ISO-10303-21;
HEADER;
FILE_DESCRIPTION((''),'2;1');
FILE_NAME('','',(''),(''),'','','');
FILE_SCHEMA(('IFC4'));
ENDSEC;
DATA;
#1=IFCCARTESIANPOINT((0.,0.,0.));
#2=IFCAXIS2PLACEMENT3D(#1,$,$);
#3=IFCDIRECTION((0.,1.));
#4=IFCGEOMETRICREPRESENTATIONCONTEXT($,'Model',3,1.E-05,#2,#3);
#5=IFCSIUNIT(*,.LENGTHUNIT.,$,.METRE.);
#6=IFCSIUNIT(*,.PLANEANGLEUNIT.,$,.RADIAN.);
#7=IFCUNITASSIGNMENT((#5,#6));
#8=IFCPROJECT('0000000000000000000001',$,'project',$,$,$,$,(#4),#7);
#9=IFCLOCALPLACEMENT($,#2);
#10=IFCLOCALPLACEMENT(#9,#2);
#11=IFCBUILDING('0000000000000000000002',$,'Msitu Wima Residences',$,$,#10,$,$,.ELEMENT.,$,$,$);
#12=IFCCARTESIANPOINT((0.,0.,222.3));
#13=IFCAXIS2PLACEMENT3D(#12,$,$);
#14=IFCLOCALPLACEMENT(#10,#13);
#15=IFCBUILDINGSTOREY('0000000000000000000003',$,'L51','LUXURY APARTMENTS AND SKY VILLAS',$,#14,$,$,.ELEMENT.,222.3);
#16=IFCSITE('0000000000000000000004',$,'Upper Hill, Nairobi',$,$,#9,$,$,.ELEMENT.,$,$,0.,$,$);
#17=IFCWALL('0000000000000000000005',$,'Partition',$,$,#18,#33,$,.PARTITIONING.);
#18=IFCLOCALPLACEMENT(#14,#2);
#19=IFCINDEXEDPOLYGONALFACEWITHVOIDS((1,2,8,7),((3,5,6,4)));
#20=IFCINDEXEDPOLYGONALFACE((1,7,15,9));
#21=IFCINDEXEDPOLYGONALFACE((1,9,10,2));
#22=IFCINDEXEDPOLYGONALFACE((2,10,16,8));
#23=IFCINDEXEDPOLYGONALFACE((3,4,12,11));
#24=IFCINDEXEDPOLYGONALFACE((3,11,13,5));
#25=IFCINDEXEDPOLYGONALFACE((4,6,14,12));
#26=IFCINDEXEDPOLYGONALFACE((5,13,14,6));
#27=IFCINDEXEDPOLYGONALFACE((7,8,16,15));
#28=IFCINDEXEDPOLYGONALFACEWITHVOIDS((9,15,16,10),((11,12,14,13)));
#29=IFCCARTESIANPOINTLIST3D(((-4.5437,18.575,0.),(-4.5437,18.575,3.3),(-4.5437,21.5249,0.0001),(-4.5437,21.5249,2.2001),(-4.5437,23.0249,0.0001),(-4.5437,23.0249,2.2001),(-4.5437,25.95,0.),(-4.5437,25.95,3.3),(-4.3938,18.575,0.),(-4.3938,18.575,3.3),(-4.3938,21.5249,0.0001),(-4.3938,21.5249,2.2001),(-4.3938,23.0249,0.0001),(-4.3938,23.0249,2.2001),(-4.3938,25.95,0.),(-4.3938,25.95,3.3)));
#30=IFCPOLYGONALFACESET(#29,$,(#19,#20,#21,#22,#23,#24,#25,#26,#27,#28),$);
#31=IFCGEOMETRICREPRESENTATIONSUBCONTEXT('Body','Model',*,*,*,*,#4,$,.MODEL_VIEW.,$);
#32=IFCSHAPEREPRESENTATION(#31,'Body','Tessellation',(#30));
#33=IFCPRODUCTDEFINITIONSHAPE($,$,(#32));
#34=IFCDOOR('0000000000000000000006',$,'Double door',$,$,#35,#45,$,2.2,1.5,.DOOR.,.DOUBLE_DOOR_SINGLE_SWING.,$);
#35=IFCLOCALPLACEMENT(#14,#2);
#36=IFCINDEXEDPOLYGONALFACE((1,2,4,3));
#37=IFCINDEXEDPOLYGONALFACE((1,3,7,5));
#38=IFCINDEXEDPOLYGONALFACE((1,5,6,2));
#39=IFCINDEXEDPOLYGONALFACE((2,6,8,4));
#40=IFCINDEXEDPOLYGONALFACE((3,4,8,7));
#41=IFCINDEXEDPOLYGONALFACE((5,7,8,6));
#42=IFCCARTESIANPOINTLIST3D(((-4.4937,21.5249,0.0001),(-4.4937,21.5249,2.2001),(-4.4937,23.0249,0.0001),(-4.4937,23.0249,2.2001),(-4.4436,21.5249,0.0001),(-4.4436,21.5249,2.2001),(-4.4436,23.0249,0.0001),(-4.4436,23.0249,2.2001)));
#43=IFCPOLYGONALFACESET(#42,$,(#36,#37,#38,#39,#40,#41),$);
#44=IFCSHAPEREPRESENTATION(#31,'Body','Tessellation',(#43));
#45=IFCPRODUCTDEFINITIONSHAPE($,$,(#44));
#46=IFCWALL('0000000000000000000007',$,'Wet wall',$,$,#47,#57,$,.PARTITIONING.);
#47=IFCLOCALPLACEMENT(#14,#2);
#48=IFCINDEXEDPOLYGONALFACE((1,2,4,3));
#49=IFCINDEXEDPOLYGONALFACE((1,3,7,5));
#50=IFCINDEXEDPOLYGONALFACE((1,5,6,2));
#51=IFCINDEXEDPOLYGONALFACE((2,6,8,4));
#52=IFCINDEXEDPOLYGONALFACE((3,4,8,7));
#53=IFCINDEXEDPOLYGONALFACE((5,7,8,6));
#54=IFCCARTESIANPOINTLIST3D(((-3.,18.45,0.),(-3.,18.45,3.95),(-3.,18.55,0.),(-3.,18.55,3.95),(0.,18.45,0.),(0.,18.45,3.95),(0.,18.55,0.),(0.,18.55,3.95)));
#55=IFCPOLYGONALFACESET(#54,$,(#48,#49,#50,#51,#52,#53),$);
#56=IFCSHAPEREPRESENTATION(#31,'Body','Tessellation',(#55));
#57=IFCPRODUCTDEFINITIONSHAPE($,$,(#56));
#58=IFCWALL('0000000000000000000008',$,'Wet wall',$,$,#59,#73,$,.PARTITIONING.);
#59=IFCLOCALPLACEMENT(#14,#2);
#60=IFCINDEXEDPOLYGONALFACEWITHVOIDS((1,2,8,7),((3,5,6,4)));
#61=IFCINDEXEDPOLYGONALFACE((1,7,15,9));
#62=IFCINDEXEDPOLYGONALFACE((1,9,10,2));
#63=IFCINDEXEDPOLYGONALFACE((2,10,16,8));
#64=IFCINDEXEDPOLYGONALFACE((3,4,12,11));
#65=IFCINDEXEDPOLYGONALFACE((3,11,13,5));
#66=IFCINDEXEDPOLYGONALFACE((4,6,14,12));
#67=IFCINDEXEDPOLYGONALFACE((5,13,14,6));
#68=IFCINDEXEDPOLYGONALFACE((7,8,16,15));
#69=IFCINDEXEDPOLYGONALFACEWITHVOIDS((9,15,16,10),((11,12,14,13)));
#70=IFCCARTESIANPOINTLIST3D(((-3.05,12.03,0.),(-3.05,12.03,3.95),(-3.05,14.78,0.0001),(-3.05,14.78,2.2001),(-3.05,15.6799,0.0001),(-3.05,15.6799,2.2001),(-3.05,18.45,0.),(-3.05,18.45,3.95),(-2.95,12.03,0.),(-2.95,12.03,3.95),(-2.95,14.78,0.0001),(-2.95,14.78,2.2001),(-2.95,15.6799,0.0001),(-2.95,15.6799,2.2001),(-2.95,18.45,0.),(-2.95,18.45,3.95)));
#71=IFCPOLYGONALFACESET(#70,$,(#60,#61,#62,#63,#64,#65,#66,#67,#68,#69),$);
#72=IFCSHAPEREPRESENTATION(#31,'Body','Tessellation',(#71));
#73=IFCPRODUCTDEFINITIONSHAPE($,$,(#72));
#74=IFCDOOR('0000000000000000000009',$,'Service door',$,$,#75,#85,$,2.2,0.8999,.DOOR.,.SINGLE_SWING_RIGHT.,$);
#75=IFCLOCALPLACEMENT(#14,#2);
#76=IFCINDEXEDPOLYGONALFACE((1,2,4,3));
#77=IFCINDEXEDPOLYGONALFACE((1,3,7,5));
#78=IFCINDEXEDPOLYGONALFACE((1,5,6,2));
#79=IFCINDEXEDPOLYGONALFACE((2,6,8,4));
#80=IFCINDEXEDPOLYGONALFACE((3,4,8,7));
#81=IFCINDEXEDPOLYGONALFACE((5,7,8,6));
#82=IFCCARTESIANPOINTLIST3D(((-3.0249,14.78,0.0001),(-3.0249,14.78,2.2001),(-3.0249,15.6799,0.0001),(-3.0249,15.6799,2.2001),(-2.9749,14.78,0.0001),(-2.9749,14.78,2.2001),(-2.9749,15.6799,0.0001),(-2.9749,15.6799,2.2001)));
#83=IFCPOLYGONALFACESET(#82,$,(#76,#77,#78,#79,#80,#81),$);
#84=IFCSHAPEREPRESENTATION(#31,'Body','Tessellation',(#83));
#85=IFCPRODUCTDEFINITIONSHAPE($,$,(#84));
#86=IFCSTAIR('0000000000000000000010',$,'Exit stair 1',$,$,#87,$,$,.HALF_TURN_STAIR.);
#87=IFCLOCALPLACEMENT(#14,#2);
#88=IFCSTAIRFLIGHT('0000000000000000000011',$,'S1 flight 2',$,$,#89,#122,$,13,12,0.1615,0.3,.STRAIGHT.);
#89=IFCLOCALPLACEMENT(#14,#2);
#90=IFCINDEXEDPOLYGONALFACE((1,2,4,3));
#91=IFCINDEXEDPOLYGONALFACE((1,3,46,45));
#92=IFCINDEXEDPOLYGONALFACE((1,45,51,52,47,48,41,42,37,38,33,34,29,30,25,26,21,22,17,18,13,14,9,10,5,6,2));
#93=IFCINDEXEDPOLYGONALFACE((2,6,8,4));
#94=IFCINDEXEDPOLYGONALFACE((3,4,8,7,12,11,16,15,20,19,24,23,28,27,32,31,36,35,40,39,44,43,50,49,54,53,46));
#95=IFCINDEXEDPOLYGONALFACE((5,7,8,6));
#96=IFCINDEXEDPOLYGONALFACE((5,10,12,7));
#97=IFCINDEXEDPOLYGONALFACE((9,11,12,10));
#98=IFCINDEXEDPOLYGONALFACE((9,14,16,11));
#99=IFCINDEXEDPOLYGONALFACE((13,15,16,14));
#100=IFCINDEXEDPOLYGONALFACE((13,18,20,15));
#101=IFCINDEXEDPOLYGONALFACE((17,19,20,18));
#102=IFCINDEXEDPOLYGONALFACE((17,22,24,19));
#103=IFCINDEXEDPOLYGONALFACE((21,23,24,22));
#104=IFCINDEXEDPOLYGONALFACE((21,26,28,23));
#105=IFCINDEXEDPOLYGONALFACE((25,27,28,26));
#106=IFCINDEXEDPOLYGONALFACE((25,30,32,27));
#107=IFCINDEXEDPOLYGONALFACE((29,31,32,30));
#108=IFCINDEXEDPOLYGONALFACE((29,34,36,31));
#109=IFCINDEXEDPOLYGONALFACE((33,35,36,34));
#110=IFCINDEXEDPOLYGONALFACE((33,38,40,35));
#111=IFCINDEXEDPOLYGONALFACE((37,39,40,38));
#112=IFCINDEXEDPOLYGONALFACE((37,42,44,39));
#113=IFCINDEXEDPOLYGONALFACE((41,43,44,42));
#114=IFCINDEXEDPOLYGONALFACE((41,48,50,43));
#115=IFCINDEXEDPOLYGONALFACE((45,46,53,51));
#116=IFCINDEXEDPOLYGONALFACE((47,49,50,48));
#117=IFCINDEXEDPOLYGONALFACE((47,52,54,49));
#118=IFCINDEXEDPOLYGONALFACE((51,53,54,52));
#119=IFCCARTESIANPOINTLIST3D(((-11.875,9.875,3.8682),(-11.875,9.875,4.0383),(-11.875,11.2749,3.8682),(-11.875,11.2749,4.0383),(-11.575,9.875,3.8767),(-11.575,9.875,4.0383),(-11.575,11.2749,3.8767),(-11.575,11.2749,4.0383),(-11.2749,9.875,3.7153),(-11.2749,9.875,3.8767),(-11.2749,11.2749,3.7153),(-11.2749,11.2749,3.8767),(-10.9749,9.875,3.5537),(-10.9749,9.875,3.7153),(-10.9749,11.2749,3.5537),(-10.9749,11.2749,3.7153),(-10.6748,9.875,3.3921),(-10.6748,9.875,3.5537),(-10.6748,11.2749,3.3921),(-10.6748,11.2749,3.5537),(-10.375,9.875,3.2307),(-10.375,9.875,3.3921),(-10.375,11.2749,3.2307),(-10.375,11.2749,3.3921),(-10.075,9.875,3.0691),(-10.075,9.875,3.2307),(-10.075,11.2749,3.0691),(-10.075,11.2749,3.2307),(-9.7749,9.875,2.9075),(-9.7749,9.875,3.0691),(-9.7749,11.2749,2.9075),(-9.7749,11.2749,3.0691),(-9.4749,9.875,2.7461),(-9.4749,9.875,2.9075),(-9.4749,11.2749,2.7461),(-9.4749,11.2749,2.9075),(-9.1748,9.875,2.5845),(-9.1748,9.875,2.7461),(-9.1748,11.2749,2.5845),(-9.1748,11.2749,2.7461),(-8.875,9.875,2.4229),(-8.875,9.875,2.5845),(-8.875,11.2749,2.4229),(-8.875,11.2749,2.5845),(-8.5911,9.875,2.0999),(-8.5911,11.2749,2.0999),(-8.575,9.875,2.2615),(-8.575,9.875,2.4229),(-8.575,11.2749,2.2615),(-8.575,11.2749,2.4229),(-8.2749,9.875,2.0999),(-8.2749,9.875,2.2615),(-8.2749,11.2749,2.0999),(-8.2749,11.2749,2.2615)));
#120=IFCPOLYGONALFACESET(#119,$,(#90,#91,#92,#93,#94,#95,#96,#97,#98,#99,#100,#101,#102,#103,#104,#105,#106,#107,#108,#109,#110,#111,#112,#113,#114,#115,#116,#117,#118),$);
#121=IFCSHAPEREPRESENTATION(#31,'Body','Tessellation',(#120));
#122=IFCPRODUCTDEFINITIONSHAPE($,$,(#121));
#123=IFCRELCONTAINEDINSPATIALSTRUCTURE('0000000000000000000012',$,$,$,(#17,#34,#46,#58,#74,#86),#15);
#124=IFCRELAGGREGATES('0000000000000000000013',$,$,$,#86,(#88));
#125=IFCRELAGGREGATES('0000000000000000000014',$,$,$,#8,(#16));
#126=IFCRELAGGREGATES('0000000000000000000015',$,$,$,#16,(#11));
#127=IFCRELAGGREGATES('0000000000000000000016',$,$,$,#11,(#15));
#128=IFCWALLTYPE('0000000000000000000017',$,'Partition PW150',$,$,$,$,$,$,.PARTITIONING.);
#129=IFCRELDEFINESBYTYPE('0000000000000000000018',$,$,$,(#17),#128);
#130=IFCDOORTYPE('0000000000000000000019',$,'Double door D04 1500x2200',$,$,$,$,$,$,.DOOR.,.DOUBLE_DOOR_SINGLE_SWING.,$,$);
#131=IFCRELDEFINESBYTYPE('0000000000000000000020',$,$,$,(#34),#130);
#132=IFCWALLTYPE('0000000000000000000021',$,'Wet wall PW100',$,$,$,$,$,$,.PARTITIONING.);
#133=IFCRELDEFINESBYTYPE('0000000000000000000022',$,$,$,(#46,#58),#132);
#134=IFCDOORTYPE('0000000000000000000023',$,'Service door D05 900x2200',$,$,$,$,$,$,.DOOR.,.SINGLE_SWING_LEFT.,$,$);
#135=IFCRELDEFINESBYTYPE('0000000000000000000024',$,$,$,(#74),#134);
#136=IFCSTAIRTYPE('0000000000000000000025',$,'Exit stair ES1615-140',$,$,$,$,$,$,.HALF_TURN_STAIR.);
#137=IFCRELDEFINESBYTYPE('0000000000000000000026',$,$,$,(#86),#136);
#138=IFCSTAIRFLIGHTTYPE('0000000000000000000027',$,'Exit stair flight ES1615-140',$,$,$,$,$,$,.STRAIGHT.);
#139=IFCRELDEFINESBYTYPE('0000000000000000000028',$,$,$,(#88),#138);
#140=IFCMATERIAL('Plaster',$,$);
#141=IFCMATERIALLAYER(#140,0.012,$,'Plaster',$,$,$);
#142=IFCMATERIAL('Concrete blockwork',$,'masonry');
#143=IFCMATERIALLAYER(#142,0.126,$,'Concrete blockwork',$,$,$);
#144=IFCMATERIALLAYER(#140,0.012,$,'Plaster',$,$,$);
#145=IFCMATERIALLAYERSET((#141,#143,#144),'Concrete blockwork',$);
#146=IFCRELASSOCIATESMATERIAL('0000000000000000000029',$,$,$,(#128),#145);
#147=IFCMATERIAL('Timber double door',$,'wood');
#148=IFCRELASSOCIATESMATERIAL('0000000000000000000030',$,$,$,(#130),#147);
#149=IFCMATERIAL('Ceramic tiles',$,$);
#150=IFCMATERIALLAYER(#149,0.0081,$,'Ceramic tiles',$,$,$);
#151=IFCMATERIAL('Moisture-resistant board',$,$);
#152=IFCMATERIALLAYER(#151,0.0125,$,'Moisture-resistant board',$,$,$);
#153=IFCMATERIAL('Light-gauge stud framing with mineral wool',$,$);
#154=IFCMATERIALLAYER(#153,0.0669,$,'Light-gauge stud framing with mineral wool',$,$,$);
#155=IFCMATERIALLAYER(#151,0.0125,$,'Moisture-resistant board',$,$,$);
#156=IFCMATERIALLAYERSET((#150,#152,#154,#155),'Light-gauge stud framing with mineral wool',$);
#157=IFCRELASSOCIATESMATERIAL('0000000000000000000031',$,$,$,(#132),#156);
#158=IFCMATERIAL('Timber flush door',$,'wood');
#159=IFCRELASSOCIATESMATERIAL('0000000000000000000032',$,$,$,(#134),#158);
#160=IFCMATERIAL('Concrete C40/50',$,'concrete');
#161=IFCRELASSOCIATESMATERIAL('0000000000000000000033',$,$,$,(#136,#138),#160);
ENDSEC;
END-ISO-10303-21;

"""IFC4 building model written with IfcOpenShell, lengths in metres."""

from ifc_helpers import new_model, si_unit, direction, frame, frame_2d, origin, place, context, subcontext, project, spatial, polyline, rectangle, outline, extrude, material, layer, layer_set, type_object, element, fill, aggregate, save


model = new_model("IFC4")

# Units and contexts
model_context = context("Model", 3, precision=1e-05, world=origin(), true_north=direction((0.0, 1.0)))
body_context = subcontext(model_context, "Body", "Model", "MODEL_VIEW")
ifc_project = project(units=[si_unit("LENGTHUNIT", "METRE"), si_unit("PLANEANGLEUNIT", "RADIAN")], contexts=[model_context])

# Site, building, storey
site_placement = place(None, origin())
site = spatial("IfcSite", under=ifc_project, at=site_placement, Name="Upper Hill, Nairobi", CompositionType="ELEMENT", RefElevation=0.0)
building_placement = place(site_placement, origin())
building = spatial("IfcBuilding", under=site, at=building_placement, Name="Msitu Wima Residences", CompositionType="ELEMENT")
storey_placement = place(building_placement, frame((0.0, 0.0, 222.3)))
storey = spatial("IfcBuildingStorey", under=building, at=storey_placement, Name="L51", Description="LUXURY APARTMENTS AND SKY VILLAS", CompositionType="ELEMENT", Elevation=222.3)

# Shared definitions
ifc_material_1 = material(Name="Concrete C40/50", Category="concrete")

# Shared definitions
ifc_material_2 = material(Name="Plaster")
ifc_layer_1 = layer(ifc_material_2, 0.012, Name="Plaster")
ifc_material_3 = material(Name="Concrete blockwork", Category="masonry")
ifc_layer_2 = layer(ifc_material_3, 0.126, Name="Concrete blockwork")
ifc_layer_3 = layer(ifc_material_2, 0.012, Name="Plaster")
ifc_layer_set_1 = layer_set([ifc_layer_1, ifc_layer_2, ifc_layer_3], Name="Concrete blockwork")
wall_type_1 = type_object("IfcWallType", Name="Partition PW150", PredefinedType="PARTITIONING", material=ifc_layer_set_1)
ifc_material_4 = material(Name="Timber flush door", Category="wood")

# Wall, opening, door
wall_1_placement = place(storey_placement, frame((-4.4688, 18.575, 0.0), z_axis=(0.0, 0.0, 1.0), x_axis=(0.0, 1.0, 0.0)))
wall_1 = element("IfcWall", 1, at=wall_1_placement, inside=storey, type_object=wall_type_1, Name="Partition", PredefinedType="PARTITIONING", context=body_context, shape_type="SweptSolid", body=[
    extrude(rectangle(XDim=7.375, YDim=0.1499, at=frame_2d((3.6875, 0.0))), origin(), (0.0, 0.0, 1.0), 3.3),
])
opening_1_placement = place(wall_1_placement, frame((2.95, 0.0, 0.0)))
opening_1 = element("IfcOpeningElement", 2, at=opening_1_placement, cuts=wall_1, PredefinedType="OPENING", context=body_context, shape_type="SweptSolid", body=[
    extrude(rectangle(XDim=1.5, YDim=2.2, at=frame_2d((0.75, 1.1001))), frame((0.0, 0.085, 0.0), z_axis=(0.0, -1.0, 0.0), x_axis=(1.0, 0.0, 0.0)), (0.0, 0.0, 1.0), 0.1699),
])
ifc_material_5 = material(Name="Timber double door", Category="wood")
door_type_1 = type_object("IfcDoorType", Name="Double door D04 1500x2200", OperationType="DOUBLE_DOOR_SINGLE_SWING", PredefinedType="DOOR", material=ifc_material_5)
door_1_placement = place(opening_1_placement, origin())
door_1 = element("IfcDoor", 3, at=door_1_placement, inside=storey, type_object=door_type_1, Name="Double door", OperationType="DOUBLE_DOOR_SINGLE_SWING", OverallHeight=2.2, OverallWidth=1.5, PredefinedType="DOOR", context=body_context, shape_type="SweptSolid", body=[
    extrude(rectangle(XDim=1.5, YDim=2.2, at=frame_2d((0.75, 1.1001))), frame((0.0, 0.0249, 0.0), z_axis=(0.0, -1.0, 0.0), x_axis=(1.0, 0.0, 0.0)), (0.0, 0.0, 1.0), 0.05),
])
fill(opening_1, door_1)

# Wall
ifc_material_6 = material(Name="Ceramic tiles")
ifc_layer_4 = layer(ifc_material_6, 0.0081, Name="Ceramic tiles")
ifc_material_7 = material(Name="Moisture-resistant board")
ifc_layer_5 = layer(ifc_material_7, 0.0125, Name="Moisture-resistant board")
ifc_material_8 = material(Name="Light-gauge stud framing with mineral wool")
ifc_layer_6 = layer(ifc_material_8, 0.0669, Name="Light-gauge stud framing with mineral wool")
ifc_layer_7 = layer(ifc_material_7, 0.0125, Name="Moisture-resistant board")
ifc_layer_set_2 = layer_set([ifc_layer_4, ifc_layer_5, ifc_layer_6, ifc_layer_7], Name="Light-gauge stud framing with mineral wool")
wall_type_2 = type_object("IfcWallType", Name="Wet wall PW100", PredefinedType="PARTITIONING", material=ifc_layer_set_2)
wall_2_placement = place(storey_placement, frame((-3.0, 18.5, 0.0), z_axis=(0.0, 0.0, 1.0), x_axis=(1.0, 0.0, 0.0)))
element("IfcWall", 4, at=wall_2_placement, inside=storey, type_object=wall_type_2, Name="Wet wall", PredefinedType="PARTITIONING", context=body_context, shape_type="SweptSolid", body=[
    extrude(rectangle(XDim=3.0, YDim=0.1001, at=frame_2d((1.5, 0.0))), origin(), (0.0, 0.0, 1.0), 3.95),
])

# Wall, opening, door
wall_3_placement = place(storey_placement, frame((-3.0, 12.03, 0.0), z_axis=(0.0, 0.0, 1.0), x_axis=(0.0, 1.0, 0.0)))
wall_3 = element("IfcWall", 5, at=wall_3_placement, inside=storey, type_object=wall_type_2, Name="Wet wall", PredefinedType="PARTITIONING", context=body_context, shape_type="SweptSolid", body=[
    extrude(rectangle(XDim=6.4199, YDim=0.1001, at=frame_2d((3.21, 0.0))), origin(), (0.0, 0.0, 1.0), 3.95),
])
opening_2_placement = place(wall_3_placement, frame((2.75, 0.0, 0.0)))
opening_2 = element("IfcOpeningElement", 6, at=opening_2_placement, cuts=wall_3, PredefinedType="OPENING", context=body_context, shape_type="SweptSolid", body=[
    extrude(rectangle(XDim=0.8999, YDim=2.2, at=frame_2d((0.45, 1.1001))), frame((0.0, 0.0601, 0.0), z_axis=(0.0, -1.0, 0.0), x_axis=(1.0, 0.0, 0.0)), (0.0, 0.0, 1.0), 0.1201),
])
door_type_2 = type_object("IfcDoorType", Name="Service door D05 900x2200", OperationType="SINGLE_SWING_LEFT", PredefinedType="DOOR", material=ifc_material_4)
door_2_placement = place(opening_2_placement, origin())
door_2 = element("IfcDoor", 7, at=door_2_placement, inside=storey, type_object=door_type_2, Name="Service door", OperationType="SINGLE_SWING_RIGHT", OverallHeight=2.2, OverallWidth=0.8999, PredefinedType="DOOR", context=body_context, shape_type="SweptSolid", body=[
    extrude(rectangle(XDim=0.8999, YDim=2.2, at=frame_2d((0.45, 1.1001))), frame((0.0, 0.0249, 0.0), z_axis=(0.0, -1.0, 0.0), x_axis=(1.0, 0.0, 0.0)), (0.0, 0.0, 1.0), 0.05),
])
fill(opening_2, door_2)

# Stair, stair flight
stair_type = type_object("IfcStairType", Name="Exit stair ES1615-140", PredefinedType="HALF_TURN_STAIR", material=ifc_material_1)
stair_placement = place(storey_placement, origin())
stair = element("IfcStair", 8, at=stair_placement, inside=storey, type_object=stair_type, Name="Exit stair 1", PredefinedType="HALF_TURN_STAIR")
stair_flight_type = type_object("IfcStairFlightType", Name="Exit stair flight ES1615-140", PredefinedType="STRAIGHT", material=ifc_material_1)
stair_flight_placement = place(storey_placement, frame((-8.2749, 10.575, 2.0999), z_axis=(0.0, 0.0, 1.0), x_axis=(-1.0, 0.0, 0.0)))
stair_flight = element("IfcStairFlight", 9, at=stair_flight_placement, type_object=stair_flight_type, Name="S1 flight 2", NumberOfRisers=13, NumberOfTreads=12, PredefinedType="STRAIGHT", RiserHeight=0.1615, TreadLength=0.3, context=body_context, shape_type="SweptSolid", body=[
    extrude(outline(polyline([(0.0, 0.0), (0.0, 0.1616), (0.3, 0.1616), (0.3, 0.323), (0.6001, 0.323), (0.6001, 0.4846), (0.8999, 0.4846), (0.8999, 0.6462), (1.2, 0.6462), (1.2, 0.8076), (1.5, 0.8076), (1.5, 0.9692), (1.8, 0.9692), (1.8, 1.1309), (2.1001, 1.1309), (2.1001, 1.2922), (2.3999, 1.2922), (2.3999, 1.4539), (2.7, 1.4539), (2.7, 1.6155), (3.0, 1.6155), (3.0, 1.7769), (3.3, 1.7769), (3.3, 1.9385), (3.6001, 1.9385), (3.6001, 2.1001), (3.6001, 1.7683), (0.3162, 0.0), (0.0, 0.0)])), frame((0.0, 0.7, 0.0), z_axis=(0.0, -1.0, 0.0), x_axis=(1.0, 0.0, 0.0)), (0.0, 0.0, 1.0), 1.3999),
])
aggregate(stair, [stair_flight])

save(model, "model.ifc")
